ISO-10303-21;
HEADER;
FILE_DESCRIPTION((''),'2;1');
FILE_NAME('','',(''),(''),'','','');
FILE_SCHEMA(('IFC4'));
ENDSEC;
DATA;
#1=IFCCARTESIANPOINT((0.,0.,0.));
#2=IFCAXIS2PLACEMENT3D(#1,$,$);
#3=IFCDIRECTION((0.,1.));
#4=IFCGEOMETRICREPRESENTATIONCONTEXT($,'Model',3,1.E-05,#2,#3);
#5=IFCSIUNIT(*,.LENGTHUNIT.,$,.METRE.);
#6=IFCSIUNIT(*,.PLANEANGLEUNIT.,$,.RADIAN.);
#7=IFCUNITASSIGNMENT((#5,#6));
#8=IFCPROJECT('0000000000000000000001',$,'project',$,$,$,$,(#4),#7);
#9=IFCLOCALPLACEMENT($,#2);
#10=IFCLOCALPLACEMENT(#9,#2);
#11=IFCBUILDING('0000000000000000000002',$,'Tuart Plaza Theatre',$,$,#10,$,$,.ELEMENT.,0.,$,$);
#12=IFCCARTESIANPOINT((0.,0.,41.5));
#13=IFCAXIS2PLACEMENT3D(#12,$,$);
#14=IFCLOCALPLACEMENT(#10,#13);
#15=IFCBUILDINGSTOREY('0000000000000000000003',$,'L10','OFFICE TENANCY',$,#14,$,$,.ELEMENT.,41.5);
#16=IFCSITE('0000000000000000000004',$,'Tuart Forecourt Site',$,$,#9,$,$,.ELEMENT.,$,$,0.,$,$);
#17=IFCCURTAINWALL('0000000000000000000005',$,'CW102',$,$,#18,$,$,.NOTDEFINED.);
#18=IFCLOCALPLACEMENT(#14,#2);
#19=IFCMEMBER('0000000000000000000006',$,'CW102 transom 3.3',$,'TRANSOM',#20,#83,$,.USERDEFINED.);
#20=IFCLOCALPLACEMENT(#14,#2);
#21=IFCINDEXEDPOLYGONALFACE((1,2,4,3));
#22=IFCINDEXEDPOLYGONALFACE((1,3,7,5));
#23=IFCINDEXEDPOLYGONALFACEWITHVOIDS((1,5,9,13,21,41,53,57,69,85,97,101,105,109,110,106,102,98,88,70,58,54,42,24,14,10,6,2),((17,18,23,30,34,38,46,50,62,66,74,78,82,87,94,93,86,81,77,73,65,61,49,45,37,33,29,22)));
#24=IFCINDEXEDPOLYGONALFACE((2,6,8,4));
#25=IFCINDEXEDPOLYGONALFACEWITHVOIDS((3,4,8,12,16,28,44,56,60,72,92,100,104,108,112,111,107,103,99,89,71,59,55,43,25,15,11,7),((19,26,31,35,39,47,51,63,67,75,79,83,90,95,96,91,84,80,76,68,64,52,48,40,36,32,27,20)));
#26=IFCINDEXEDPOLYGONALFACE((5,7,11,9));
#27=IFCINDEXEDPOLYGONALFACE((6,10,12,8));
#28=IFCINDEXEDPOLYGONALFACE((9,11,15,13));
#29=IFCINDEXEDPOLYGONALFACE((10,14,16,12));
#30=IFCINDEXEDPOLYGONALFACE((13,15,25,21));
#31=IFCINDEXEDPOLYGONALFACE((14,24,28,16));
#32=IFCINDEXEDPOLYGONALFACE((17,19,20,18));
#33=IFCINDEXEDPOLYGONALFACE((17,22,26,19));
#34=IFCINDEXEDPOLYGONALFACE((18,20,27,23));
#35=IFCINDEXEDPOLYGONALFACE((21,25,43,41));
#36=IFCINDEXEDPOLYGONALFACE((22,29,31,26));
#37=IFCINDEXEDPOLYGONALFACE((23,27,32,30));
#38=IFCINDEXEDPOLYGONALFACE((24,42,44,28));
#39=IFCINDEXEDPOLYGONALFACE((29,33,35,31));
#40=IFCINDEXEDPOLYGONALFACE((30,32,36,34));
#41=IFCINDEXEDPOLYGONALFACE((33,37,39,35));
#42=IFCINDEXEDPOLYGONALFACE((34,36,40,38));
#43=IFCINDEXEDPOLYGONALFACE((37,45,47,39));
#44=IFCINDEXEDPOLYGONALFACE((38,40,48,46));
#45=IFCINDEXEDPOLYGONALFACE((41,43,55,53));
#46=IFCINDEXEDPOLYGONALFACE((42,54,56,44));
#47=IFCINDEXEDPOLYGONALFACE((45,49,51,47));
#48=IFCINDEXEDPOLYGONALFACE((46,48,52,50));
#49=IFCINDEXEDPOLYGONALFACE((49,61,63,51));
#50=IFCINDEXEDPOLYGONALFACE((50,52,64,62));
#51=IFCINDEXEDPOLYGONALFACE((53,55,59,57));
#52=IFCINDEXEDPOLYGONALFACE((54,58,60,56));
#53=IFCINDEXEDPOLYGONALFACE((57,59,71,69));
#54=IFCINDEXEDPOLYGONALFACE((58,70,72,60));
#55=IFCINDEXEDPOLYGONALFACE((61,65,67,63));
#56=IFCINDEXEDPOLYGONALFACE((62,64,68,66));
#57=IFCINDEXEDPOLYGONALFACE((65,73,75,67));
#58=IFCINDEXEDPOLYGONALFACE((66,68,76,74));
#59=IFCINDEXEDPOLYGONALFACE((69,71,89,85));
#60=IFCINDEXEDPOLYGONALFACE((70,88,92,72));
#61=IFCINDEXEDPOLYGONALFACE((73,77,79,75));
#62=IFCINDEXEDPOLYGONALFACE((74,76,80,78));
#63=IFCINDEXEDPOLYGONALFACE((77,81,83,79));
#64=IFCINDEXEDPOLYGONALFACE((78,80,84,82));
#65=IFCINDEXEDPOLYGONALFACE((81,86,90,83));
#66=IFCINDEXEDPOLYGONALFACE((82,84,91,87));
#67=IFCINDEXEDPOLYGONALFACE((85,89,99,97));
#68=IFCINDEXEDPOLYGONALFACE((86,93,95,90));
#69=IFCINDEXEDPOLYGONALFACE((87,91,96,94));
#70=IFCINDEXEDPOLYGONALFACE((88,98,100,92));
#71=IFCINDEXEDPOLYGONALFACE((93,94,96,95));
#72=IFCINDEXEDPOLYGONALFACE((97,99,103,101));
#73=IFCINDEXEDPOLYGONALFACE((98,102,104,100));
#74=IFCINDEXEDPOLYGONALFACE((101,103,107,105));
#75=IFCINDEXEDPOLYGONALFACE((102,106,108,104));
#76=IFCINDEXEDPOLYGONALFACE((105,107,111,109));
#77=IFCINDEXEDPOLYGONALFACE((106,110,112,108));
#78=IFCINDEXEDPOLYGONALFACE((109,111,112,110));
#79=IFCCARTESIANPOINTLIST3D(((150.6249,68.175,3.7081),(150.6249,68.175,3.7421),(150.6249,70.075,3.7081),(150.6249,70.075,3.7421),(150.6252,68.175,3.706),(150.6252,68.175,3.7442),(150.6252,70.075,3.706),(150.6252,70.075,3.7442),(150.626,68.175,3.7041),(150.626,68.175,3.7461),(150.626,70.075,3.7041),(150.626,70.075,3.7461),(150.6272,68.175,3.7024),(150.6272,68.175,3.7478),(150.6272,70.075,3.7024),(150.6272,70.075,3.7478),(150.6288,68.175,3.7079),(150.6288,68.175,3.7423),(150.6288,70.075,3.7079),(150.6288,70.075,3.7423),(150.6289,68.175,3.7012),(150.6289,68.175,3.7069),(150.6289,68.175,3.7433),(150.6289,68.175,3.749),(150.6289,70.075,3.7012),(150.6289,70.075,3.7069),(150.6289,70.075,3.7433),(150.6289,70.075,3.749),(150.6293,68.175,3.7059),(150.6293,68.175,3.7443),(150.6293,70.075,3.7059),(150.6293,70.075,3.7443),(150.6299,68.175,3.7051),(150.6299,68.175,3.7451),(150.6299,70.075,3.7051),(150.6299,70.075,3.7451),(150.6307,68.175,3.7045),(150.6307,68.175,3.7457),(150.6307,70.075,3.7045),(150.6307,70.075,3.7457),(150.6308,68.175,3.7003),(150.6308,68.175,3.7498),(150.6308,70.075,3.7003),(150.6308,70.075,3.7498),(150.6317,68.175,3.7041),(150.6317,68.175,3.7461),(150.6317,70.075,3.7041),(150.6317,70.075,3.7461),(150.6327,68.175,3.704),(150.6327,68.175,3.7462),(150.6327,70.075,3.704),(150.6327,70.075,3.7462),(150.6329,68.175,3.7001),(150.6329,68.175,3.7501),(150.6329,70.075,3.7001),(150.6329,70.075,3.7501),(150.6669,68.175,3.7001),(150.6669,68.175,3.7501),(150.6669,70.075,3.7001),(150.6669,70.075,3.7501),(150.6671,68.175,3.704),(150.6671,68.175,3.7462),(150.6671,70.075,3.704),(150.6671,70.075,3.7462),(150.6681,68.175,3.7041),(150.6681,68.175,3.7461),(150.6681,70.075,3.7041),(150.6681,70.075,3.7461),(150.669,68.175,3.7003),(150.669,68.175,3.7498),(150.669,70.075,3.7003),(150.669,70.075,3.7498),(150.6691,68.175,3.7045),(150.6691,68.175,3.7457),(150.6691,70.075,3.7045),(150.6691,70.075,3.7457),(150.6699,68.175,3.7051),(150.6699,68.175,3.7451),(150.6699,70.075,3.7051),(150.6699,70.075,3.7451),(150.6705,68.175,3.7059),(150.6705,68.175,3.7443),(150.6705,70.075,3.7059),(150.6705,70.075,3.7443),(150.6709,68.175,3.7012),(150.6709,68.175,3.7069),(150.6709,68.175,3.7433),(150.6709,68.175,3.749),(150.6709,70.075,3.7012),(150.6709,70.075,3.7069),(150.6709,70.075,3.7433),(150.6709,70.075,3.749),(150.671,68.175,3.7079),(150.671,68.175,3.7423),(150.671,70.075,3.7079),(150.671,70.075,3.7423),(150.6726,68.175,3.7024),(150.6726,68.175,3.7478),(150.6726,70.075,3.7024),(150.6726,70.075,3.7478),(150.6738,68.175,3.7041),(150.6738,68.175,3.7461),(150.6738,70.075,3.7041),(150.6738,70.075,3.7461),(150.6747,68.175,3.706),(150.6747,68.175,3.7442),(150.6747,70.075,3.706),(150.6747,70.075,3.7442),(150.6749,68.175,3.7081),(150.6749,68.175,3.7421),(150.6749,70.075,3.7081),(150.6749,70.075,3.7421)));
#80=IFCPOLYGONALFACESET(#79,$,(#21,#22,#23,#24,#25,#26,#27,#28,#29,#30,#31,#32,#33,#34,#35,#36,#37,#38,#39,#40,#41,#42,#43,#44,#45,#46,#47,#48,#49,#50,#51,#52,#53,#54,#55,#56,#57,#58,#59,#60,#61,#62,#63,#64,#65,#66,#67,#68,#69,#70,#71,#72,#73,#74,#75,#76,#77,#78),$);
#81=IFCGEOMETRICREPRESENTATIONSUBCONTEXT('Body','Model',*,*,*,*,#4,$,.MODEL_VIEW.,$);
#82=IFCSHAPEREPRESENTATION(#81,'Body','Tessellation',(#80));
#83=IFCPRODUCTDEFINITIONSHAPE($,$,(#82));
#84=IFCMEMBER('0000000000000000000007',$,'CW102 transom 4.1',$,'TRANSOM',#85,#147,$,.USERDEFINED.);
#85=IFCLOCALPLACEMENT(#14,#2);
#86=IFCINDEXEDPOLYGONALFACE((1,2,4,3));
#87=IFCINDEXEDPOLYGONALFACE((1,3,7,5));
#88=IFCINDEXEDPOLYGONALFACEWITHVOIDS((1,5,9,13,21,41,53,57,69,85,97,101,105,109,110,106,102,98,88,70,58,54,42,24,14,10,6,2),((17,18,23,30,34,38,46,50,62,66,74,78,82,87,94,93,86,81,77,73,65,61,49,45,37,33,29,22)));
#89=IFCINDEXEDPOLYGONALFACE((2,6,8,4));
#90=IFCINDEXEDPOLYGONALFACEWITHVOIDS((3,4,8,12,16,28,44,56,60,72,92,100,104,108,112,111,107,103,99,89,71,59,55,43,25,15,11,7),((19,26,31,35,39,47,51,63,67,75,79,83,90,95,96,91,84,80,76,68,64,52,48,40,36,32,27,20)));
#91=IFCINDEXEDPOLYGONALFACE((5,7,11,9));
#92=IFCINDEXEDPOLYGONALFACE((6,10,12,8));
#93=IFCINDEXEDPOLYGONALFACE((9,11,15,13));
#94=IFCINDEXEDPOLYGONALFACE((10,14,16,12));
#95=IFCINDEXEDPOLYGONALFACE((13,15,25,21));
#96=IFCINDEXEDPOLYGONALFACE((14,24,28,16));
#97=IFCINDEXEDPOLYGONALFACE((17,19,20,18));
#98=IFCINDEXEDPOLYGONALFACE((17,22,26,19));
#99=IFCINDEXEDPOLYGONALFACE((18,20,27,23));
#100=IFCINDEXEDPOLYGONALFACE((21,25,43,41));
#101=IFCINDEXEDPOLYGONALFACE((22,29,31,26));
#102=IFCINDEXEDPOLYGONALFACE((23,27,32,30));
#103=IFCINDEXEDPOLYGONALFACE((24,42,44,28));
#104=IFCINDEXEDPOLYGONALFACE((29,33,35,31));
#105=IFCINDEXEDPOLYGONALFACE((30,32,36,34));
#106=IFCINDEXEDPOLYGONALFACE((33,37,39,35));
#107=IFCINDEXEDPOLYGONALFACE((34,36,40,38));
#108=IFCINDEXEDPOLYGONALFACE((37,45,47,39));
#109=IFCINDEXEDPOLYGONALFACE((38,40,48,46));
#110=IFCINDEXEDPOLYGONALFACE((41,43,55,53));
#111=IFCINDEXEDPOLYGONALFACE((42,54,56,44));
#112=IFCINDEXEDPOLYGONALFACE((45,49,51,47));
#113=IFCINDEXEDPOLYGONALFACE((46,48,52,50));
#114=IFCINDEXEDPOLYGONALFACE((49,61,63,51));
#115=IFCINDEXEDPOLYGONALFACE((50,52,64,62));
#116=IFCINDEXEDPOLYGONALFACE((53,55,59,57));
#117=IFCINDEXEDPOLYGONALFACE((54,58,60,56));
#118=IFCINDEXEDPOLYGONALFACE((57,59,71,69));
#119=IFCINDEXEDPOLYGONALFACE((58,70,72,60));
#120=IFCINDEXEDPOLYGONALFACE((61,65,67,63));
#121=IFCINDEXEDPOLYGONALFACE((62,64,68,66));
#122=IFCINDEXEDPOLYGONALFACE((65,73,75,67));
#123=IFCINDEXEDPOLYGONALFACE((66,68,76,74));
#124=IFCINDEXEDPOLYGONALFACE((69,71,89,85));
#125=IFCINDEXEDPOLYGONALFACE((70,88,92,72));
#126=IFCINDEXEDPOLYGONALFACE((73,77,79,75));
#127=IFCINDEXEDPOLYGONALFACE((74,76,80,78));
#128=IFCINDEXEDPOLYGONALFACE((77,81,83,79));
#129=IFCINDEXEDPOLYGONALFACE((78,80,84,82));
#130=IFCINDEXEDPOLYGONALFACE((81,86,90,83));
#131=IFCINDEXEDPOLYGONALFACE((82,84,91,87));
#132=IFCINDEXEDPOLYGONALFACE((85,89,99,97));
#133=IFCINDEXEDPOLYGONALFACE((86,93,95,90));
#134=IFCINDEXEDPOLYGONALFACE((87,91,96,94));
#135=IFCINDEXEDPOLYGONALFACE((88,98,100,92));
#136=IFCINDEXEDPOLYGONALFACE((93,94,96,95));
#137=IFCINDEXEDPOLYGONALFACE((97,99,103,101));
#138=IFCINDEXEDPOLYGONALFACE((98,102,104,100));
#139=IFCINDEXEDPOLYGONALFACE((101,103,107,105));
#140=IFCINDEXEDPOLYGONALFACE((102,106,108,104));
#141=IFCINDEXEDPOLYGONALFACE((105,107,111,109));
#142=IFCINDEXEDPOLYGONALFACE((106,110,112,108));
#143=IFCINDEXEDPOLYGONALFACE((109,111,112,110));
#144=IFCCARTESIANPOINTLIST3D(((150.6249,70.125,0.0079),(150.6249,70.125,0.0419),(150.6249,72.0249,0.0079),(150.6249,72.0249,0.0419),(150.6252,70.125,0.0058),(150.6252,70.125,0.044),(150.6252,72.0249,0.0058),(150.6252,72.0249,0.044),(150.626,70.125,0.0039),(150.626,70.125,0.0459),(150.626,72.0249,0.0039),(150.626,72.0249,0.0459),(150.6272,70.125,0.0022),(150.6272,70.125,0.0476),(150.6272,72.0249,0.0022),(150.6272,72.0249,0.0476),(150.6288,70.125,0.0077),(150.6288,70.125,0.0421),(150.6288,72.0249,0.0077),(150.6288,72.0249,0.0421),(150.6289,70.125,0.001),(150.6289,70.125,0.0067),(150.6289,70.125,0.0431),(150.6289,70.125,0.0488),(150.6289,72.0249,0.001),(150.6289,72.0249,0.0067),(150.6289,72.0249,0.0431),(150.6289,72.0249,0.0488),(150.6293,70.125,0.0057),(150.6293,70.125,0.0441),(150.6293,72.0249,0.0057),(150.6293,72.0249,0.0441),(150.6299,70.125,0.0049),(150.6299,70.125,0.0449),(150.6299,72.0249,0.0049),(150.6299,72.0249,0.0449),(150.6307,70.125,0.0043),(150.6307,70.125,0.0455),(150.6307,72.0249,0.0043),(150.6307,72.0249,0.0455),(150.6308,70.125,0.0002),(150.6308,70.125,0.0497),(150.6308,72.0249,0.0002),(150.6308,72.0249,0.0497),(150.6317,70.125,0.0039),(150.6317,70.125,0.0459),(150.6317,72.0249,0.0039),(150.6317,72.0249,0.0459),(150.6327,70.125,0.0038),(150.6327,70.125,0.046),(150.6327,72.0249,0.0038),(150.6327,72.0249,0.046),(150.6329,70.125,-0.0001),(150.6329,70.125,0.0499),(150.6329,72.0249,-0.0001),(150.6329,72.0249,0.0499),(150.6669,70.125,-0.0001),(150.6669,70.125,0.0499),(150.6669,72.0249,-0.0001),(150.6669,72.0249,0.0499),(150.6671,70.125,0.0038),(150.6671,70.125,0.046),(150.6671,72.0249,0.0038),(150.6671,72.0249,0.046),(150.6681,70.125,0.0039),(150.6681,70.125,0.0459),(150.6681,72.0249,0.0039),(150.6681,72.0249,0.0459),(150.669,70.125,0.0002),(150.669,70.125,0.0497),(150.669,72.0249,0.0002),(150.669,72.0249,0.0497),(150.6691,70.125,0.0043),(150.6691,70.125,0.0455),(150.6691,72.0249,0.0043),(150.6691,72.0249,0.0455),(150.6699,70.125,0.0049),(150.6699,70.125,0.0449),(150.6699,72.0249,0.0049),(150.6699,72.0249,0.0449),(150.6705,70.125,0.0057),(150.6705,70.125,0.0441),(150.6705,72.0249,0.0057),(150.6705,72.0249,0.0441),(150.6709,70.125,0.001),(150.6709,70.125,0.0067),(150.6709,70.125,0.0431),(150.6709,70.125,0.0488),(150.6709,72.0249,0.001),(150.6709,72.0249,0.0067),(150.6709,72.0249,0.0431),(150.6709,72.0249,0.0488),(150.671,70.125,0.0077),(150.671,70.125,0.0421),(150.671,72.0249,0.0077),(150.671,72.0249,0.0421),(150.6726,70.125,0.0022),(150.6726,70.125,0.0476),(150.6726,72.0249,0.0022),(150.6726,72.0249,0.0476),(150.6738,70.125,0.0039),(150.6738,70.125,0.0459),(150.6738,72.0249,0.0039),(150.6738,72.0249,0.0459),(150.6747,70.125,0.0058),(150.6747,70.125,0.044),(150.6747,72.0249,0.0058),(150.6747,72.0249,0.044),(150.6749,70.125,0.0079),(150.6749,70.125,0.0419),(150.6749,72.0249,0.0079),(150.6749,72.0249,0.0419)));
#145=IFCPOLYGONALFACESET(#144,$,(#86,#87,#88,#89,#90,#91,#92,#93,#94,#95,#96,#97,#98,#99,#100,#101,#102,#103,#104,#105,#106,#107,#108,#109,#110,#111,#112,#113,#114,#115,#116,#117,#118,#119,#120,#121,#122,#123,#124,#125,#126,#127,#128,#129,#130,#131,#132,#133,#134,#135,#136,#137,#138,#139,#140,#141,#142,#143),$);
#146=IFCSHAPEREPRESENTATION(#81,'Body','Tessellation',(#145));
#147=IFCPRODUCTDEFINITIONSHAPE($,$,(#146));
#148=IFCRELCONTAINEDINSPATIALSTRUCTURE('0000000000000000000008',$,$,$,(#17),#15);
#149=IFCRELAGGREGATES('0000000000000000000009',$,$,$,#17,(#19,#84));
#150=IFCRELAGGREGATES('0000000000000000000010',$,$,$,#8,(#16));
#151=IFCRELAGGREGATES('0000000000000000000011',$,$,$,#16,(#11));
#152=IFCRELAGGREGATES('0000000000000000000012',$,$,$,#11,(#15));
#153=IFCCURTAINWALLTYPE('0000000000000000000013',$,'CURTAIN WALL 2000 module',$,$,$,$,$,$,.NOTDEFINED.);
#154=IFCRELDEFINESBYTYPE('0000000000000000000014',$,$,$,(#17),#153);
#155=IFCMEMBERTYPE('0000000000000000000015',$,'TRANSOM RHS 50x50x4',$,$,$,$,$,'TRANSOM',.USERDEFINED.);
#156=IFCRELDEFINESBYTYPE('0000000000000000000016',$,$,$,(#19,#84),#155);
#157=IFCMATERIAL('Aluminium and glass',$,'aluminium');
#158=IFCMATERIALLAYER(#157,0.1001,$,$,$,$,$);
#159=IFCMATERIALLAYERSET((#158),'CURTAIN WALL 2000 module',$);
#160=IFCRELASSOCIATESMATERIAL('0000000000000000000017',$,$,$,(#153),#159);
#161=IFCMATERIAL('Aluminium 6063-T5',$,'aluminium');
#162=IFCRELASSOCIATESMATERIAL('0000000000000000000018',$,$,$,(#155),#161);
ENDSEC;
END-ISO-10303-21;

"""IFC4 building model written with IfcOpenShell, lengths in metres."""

from ifc_helpers import new_model, si_unit, direction, frame, origin, origin_2d, place, context, subcontext, project, spatial, hollow_rectangle, extrude, material, layer, layer_set, material_profile, profile_set, type_object, element, aggregate, save


model = new_model("IFC4")

# Units and contexts
model_context = context("Model", 3, precision=1e-05, world=origin(), true_north=direction((0.0, 1.0)))
body_context = subcontext(model_context, "Body", "Model", "MODEL_VIEW")
ifc_project = project(units=[si_unit("LENGTHUNIT", "METRE"), si_unit("PLANEANGLEUNIT", "RADIAN")], contexts=[model_context])

# Site, building, storey
site_placement = place(None, origin())
site = spatial("IfcSite", under=ifc_project, at=site_placement, Name="Tuart Forecourt Site", CompositionType="ELEMENT", RefElevation=0.0)
building_placement = place(site_placement, origin())
building = spatial("IfcBuilding", under=site, at=building_placement, Name="Tuart Plaza Theatre", CompositionType="ELEMENT", ElevationOfRefHeight=0.0)
storey_placement = place(building_placement, frame((0.0, 0.0, 41.5)))
storey = spatial("IfcBuildingStorey", under=building, at=storey_placement, Name="L10", Description="OFFICE TENANCY", CompositionType="ELEMENT", Elevation=41.5)

# Curtain wall
ifc_material_1 = material(Name="Aluminium and glass", Category="aluminium")
ifc_layer_1 = layer(ifc_material_1, 0.1001)
ifc_layer_set_1 = layer_set([ifc_layer_1], Name="CURTAIN WALL 2000 module")
curtain_wall_type = type_object("IfcCurtainWallType", Name="CURTAIN WALL 2000 module", PredefinedType="NOTDEFINED", material=ifc_layer_set_1)
curtain_wall_1_placement = place(storey_placement, origin())
curtain_wall_1 = element("IfcCurtainWall", 1, at=curtain_wall_1_placement, inside=storey, type_object=curtain_wall_type, Name="CW102", PredefinedType="NOTDEFINED")

# Members
ifc_material_2 = material(Name="Aluminium 6063-T5", Category="aluminium")
ifc_material_profile_1 = material_profile(ifc_material_2, hollow_rectangle(XDim=0.05, YDim=0.05, WallThickness=0.0039, InnerFilletRadius=0.0039, OuterFilletRadius=0.0081, at=origin_2d()), Name="RHS 50x50x4")
ifc_profile_set_1 = profile_set([ifc_material_profile_1], Name="Aluminium 6063-T5")
member_type_1 = type_object("IfcMemberType", Name="TRANSOM RHS 50x50x4", ElementType="TRANSOM", PredefinedType="USERDEFINED", material=ifc_profile_set_1)
member_1_placement = place(storey_placement, frame((150.6499, 68.175, 3.7251), z_axis=(0.0, 1.0, 0.0), x_axis=(-1.0, 0.0, 0.0)))
member_1 = element("IfcMember", 2, at=member_1_placement, type_object=member_type_1, Name="CW102 transom 3.3", ObjectType="TRANSOM", PredefinedType="USERDEFINED", context=body_context, shape_type="SweptSolid", body=[
    extrude(hollow_rectangle(XDim=0.05, YDim=0.05, WallThickness=0.0039, InnerFilletRadius=0.0039, OuterFilletRadius=0.0081, at=origin_2d()), origin(), (0.0, 0.0, 1.0), 1.8999),
])
member_2_placement = place(storey_placement, frame((150.6499, 70.125, 0.0249), z_axis=(0.0, 1.0, 0.0), x_axis=(-1.0, 0.0, 0.0)))
member_2 = element("IfcMember", 3, at=member_2_placement, type_object=member_type_1, Name="CW102 transom 4.1", ObjectType="TRANSOM", PredefinedType="USERDEFINED", context=body_context, shape_type="SweptSolid", body=[
    extrude(hollow_rectangle(XDim=0.05, YDim=0.05, WallThickness=0.0039, InnerFilletRadius=0.0039, OuterFilletRadius=0.0081, at=origin_2d()), origin(), (0.0, 0.0, 1.0), 1.8999),
])

aggregate(curtain_wall_1, [member_1, member_2])

save(model, "model.ifc")
